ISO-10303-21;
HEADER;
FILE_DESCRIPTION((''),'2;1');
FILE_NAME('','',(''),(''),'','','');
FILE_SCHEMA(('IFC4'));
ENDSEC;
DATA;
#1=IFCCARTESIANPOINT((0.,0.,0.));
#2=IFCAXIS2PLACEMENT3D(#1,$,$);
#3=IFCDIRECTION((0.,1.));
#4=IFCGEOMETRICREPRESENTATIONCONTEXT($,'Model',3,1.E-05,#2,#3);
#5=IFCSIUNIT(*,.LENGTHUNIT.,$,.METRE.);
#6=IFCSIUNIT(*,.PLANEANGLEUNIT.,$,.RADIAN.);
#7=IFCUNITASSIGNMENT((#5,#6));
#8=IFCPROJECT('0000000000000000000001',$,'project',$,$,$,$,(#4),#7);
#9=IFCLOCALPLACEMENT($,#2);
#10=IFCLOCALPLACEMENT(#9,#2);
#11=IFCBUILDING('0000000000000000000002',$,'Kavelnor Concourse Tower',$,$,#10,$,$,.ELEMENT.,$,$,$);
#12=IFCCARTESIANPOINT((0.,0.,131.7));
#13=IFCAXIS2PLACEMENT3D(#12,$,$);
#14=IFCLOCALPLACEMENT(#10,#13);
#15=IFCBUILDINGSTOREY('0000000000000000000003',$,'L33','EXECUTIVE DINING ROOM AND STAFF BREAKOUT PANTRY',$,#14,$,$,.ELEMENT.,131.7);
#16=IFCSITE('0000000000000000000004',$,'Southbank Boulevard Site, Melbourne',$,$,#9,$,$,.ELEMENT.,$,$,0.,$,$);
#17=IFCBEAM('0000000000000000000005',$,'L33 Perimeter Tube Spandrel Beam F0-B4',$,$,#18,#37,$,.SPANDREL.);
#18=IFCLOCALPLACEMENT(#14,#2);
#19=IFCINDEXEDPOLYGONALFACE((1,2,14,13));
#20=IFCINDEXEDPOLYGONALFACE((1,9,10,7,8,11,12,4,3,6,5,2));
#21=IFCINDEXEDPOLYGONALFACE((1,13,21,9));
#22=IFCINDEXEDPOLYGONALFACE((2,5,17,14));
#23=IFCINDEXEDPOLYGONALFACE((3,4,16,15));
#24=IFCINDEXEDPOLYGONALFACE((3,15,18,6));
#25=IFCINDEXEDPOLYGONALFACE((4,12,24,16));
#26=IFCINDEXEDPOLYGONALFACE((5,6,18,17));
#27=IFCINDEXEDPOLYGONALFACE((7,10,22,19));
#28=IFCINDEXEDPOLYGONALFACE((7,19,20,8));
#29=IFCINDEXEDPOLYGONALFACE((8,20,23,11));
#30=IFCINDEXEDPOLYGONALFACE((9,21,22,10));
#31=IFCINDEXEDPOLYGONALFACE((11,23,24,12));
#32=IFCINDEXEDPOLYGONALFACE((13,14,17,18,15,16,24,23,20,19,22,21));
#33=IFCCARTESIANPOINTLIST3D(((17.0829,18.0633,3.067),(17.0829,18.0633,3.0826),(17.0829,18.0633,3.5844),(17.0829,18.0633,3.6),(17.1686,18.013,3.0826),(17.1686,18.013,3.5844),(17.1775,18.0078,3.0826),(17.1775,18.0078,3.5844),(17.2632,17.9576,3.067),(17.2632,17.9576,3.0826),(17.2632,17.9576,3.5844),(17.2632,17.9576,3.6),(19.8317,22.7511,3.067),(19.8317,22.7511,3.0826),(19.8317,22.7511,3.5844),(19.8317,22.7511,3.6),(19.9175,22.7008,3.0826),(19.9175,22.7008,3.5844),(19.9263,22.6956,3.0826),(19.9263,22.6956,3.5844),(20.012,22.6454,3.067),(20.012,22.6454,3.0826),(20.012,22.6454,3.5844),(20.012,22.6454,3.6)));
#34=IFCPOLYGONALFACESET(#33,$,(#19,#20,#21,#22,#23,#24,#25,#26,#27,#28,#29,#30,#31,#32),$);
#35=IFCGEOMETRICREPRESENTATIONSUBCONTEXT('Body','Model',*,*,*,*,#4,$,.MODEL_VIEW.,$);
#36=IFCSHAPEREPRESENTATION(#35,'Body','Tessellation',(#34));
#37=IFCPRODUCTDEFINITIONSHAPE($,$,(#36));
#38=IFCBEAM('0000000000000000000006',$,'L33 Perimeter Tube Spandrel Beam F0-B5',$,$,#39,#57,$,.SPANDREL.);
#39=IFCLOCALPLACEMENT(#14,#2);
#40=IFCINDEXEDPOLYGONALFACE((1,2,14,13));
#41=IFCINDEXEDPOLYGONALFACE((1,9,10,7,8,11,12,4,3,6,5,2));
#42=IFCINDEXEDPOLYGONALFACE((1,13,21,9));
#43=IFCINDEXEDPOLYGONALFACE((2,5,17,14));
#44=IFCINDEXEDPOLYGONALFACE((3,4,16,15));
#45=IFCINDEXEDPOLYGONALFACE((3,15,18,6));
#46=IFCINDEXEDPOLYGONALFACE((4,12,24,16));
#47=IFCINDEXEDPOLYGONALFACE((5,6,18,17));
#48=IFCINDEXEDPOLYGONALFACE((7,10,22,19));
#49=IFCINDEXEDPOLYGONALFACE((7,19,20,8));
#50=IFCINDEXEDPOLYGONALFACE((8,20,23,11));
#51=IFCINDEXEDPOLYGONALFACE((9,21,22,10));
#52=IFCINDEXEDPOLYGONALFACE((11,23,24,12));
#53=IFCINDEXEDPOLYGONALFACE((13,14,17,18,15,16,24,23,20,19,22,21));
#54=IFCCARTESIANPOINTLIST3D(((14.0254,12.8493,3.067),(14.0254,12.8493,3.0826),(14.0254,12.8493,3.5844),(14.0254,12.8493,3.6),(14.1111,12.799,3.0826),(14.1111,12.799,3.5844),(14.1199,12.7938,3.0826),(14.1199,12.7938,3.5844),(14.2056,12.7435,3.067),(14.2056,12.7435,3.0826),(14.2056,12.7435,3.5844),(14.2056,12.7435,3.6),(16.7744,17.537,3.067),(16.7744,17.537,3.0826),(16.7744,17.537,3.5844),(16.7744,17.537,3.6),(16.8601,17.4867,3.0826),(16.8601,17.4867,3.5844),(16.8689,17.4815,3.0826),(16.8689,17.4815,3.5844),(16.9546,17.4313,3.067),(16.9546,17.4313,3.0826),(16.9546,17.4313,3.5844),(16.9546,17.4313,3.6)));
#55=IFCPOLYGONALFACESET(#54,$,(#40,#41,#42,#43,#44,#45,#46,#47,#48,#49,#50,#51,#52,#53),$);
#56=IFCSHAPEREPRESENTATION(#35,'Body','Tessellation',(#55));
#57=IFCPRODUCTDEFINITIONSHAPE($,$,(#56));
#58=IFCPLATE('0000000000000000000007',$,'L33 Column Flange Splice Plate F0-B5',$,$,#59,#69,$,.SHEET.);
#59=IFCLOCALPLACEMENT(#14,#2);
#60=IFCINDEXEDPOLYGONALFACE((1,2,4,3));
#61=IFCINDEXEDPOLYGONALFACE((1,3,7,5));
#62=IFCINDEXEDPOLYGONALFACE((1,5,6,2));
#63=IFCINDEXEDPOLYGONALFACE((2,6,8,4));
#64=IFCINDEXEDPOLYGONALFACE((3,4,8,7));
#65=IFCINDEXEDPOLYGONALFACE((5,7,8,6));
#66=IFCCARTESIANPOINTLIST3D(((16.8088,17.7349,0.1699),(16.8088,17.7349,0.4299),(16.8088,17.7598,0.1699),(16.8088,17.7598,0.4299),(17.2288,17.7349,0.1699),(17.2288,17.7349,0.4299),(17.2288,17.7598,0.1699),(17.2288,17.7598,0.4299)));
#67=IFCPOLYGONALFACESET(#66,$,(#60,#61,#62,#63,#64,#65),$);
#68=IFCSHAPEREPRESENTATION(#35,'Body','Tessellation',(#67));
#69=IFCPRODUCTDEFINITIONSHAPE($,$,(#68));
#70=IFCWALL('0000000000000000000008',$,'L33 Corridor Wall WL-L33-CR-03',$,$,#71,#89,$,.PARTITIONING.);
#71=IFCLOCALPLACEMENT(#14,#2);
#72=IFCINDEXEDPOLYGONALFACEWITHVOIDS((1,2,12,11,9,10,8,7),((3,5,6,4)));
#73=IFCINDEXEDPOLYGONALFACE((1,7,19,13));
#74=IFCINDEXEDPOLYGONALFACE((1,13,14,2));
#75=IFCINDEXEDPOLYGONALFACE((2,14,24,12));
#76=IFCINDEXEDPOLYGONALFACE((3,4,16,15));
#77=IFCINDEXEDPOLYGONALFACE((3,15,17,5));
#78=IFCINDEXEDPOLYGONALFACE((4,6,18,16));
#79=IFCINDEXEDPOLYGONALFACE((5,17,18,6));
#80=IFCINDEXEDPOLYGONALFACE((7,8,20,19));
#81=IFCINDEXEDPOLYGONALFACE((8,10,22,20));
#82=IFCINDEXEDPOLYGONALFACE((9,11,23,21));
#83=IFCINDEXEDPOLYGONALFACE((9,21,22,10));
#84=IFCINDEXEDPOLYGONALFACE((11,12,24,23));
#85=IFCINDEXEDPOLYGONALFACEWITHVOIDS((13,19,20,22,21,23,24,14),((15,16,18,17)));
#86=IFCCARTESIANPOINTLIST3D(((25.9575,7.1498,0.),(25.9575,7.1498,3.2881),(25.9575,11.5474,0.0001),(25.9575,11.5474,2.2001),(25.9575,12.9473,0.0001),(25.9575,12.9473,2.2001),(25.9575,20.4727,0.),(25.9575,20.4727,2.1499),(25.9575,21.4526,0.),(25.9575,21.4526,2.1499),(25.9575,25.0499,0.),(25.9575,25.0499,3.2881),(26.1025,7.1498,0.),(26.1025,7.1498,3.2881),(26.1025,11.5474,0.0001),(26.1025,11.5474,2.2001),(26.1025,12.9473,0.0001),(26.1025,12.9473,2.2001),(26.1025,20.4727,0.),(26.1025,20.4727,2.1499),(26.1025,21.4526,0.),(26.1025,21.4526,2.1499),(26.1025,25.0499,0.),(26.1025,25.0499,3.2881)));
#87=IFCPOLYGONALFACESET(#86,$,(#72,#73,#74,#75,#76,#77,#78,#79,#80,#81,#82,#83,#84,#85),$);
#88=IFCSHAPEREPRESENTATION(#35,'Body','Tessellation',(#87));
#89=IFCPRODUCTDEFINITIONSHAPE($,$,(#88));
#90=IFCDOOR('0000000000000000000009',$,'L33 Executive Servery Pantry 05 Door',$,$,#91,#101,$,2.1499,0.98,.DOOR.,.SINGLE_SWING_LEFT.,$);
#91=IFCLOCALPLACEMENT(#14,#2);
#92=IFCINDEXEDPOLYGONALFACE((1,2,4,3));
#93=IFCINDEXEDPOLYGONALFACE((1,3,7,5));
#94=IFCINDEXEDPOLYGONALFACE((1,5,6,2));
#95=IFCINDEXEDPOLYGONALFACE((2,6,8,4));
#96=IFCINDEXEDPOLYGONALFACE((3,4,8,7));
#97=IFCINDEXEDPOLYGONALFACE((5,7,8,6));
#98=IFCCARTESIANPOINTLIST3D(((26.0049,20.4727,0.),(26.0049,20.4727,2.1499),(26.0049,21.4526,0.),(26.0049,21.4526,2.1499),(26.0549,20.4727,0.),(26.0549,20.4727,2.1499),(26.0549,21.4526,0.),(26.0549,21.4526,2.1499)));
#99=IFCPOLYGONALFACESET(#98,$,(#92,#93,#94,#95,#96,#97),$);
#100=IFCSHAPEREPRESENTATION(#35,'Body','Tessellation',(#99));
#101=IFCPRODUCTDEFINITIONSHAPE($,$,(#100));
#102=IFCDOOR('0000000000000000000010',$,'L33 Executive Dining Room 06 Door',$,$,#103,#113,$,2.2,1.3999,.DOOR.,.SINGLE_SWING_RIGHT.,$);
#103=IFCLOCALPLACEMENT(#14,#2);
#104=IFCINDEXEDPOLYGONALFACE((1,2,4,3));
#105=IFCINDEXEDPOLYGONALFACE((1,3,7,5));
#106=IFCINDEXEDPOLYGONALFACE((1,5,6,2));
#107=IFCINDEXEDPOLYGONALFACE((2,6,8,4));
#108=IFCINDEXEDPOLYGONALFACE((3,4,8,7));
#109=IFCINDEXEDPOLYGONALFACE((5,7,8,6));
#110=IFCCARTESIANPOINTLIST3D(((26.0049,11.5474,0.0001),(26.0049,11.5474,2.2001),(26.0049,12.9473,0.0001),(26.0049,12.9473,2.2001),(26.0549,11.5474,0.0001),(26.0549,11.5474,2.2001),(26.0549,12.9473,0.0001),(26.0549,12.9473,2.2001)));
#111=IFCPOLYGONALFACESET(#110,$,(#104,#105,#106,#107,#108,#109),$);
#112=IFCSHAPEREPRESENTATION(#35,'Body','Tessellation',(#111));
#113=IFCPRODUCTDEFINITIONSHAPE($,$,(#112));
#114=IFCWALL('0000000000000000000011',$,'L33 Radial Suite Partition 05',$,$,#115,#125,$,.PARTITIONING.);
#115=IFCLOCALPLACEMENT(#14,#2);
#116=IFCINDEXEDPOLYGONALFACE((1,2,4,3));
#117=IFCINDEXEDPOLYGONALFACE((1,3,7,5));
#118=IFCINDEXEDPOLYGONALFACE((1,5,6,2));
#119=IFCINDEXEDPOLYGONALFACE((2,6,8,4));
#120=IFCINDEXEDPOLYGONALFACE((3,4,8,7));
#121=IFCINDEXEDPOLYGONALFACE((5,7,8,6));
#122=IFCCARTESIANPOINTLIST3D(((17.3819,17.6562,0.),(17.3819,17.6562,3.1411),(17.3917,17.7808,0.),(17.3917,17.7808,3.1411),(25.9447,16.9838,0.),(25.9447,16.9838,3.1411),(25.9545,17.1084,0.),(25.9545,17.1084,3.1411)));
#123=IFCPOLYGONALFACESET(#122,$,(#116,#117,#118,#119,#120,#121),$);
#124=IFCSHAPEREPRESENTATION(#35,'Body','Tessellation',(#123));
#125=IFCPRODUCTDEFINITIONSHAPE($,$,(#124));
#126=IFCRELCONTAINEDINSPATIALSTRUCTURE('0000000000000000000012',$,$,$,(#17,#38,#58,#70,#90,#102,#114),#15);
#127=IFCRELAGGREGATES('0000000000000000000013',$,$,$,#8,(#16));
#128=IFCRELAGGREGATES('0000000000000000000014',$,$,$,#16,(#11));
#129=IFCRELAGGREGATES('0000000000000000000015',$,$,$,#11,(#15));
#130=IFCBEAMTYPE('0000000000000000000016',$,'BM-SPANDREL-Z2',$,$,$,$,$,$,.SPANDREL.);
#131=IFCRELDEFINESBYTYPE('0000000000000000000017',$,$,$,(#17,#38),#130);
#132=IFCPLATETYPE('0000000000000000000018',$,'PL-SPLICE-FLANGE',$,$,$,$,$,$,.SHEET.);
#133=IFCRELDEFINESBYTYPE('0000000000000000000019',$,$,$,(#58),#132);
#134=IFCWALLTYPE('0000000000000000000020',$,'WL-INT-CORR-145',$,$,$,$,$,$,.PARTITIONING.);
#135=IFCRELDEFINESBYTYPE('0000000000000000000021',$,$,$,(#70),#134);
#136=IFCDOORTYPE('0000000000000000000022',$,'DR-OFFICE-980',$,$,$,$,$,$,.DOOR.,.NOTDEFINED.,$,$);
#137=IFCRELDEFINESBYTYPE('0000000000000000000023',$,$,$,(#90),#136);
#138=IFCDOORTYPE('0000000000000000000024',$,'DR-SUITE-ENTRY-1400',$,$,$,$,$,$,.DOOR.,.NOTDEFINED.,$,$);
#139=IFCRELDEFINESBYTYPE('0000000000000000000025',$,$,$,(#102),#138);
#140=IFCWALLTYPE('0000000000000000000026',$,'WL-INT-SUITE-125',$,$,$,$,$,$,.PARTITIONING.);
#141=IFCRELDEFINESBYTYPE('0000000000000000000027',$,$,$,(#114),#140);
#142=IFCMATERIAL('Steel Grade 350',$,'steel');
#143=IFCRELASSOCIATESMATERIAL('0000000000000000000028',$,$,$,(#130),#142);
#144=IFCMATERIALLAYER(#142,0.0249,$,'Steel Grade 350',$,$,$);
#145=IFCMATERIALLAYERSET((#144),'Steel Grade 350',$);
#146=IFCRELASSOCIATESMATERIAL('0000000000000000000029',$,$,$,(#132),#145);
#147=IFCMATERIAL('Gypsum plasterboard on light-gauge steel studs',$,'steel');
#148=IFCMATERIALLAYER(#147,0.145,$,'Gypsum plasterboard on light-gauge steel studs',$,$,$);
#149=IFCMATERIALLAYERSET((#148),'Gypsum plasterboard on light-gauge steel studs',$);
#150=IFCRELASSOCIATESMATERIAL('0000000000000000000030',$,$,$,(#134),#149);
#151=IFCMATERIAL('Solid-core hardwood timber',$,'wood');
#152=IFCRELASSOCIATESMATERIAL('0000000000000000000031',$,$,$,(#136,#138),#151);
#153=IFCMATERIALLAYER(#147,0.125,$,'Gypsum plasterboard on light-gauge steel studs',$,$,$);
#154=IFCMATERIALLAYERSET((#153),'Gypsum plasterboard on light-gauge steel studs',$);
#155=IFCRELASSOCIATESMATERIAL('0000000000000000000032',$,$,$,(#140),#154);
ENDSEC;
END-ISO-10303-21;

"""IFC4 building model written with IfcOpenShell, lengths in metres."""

from ifc_helpers import new_model, si_unit, direction, frame, frame_2d, origin, origin_2d, place, context, subcontext, project, spatial, rectangle, i_section, extrude, material, layer, layer_set, material_profile, profile_set, type_object, element, fill, save


model = new_model("IFC4")

# Units and contexts
model_context = context("Model", 3, precision=1e-05, world=origin(), true_north=direction((0.0, 1.0)))
body_context = subcontext(model_context, "Body", "Model", "MODEL_VIEW")
ifc_project = project(units=[si_unit("LENGTHUNIT", "METRE"), si_unit("PLANEANGLEUNIT", "RADIAN")], contexts=[model_context])

# Site, building, storey
site_placement = place(None, origin())
site = spatial("IfcSite", under=ifc_project, at=site_placement, Name="Southbank Boulevard Site, Melbourne", CompositionType="ELEMENT", RefElevation=0.0)
building_placement = place(site_placement, origin())
building = spatial("IfcBuilding", under=site, at=building_placement, Name="Kavelnor Concourse Tower", CompositionType="ELEMENT")
storey_placement = place(building_placement, frame((0.0, 0.0, 131.7)))
storey = spatial("IfcBuildingStorey", under=building, at=storey_placement, Name="L33", Description="EXECUTIVE DINING ROOM AND STAFF BREAKOUT PANTRY", CompositionType="ELEMENT", Elevation=131.7)

# Shared definitions
ifc_material_1 = material(Name="Steel Grade 350", Category="steel")

# Beams
ifc_material_profile_1 = material_profile(ifc_material_1, i_section(OverallWidth=0.209, OverallDepth=0.533, WebThickness=0.0103, FlangeThickness=0.0156, at=origin_2d()), Name="530UB92")
ifc_profile_set_1 = profile_set([ifc_material_profile_1], Name="Steel Grade 350")
beam_type_1 = type_object("IfcBeamType", Name="BM-SPANDREL-Z2", PredefinedType="SPANDREL", material=ifc_profile_set_1)
for number, where, z_axis, x_axis, name in (
    (1, (19.9219, 22.6982, 3.3335), (-0.505828, -0.862634, 0.0), (0.862634, -0.505828, 0.0), "L33 Perimeter Tube Spandrel Beam F0-B4"),
    (2, (16.8645, 17.4841, 3.3335), (-0.505861, -0.862615, 0.0), (0.862615, -0.505861, 0.0), "L33 Perimeter Tube Spandrel Beam F0-B5"),
):
    element("IfcBeam", number, at=place(storey_placement, frame(where, z_axis=z_axis, x_axis=x_axis)), inside=storey, type_object=beam_type_1, Name=name, PredefinedType="SPANDREL", context=body_context, shape_type="SweptSolid", body=[
        extrude(i_section(OverallWidth=0.209, OverallDepth=0.533, WebThickness=0.0103, FlangeThickness=0.0156, at=origin_2d()), origin(), (0.0, 0.0, 1.0), 5.4343),
    ])

# Plate
ifc_layer_1 = layer(ifc_material_1, 0.0249, Name="Steel Grade 350")
ifc_layer_set_1 = layer_set([ifc_layer_1], Name="Steel Grade 350")
plate_type = type_object("IfcPlateType", Name="PL-SPLICE-FLANGE", PredefinedType="SHEET", material=ifc_layer_set_1)
plate_placement = place(storey_placement, frame((17.0188, 17.7473, 0.1699), z_axis=(0.0, 0.0, 1.0), x_axis=(1.0, 0.0, 0.0)))
element("IfcPlate", 3, at=plate_placement, inside=storey, type_object=plate_type, Name="L33 Column Flange Splice Plate F0-B5", PredefinedType="SHEET", context=body_context, shape_type="SweptSolid", body=[
    extrude(rectangle(XDim=0.4199, YDim=0.0249, at=origin_2d()), origin(), (0.0, 0.0, 1.0), 0.26),
])

# Wall, openings, doors
ifc_material_2 = material(Name="Gypsum plasterboard on light-gauge steel studs", Category="steel")
ifc_layer_2 = layer(ifc_material_2, 0.145, Name="Gypsum plasterboard on light-gauge steel studs")
ifc_layer_set_2 = layer_set([ifc_layer_2], Name="Gypsum plasterboard on light-gauge steel studs")
wall_type_1 = type_object("IfcWallType", Name="WL-INT-CORR-145", PredefinedType="PARTITIONING", material=ifc_layer_set_2)
wall_1_placement = place(storey_placement, frame((26.03, 25.05, 0.0), z_axis=(0.0, 0.0, 1.0), x_axis=(0.0, -1.0, 0.0)))
wall_1 = element("IfcWall", 4, at=wall_1_placement, inside=storey, type_object=wall_type_1, Name="L33 Corridor Wall WL-L33-CR-03", PredefinedType="PARTITIONING", context=body_context, shape_type="SweptSolid", body=[
    extrude(rectangle(XDim=17.9001, YDim=0.145, at=frame_2d((8.9502, 0.0))), origin(), (0.0, 0.0, 1.0), 3.2881),
])
opening_1_placement = place(wall_1_placement, frame((3.5974, 0.0, 0.0)))
opening_1 = element("IfcOpeningElement", 5, at=opening_1_placement, cuts=wall_1, PredefinedType="OPENING", context=body_context, shape_type="SweptSolid", body=[
    extrude(rectangle(XDim=0.98, YDim=2.1499, at=frame_2d((0.49, 1.075))), frame((0.0, 0.0825, 0.0), z_axis=(0.0, -1.0, 0.0), x_axis=(1.0, 0.0, 0.0)), (0.0, 0.0, 1.0), 0.165),
])
opening_2_placement = place(wall_1_placement, frame((12.1028, 0.0, 0.0)))
opening_2 = element("IfcOpeningElement", 6, at=opening_2_placement, cuts=wall_1, PredefinedType="OPENING", context=body_context, shape_type="SweptSolid", body=[
    extrude(rectangle(XDim=1.3999, YDim=2.2, at=frame_2d((0.7, 1.1001))), frame((0.0, 0.0825, 0.0), z_axis=(0.0, -1.0, 0.0), x_axis=(1.0, 0.0, 0.0)), (0.0, 0.0, 1.0), 0.165),
])
ifc_material_3 = material(Name="Solid-core hardwood timber", Category="wood")
door_type_1 = type_object("IfcDoorType", Name="DR-OFFICE-980", OperationType="NOTDEFINED", PredefinedType="DOOR", material=ifc_material_3)
door_1_placement = place(opening_1_placement, origin())
door_1 = element("IfcDoor", 7, at=door_1_placement, inside=storey, type_object=door_type_1, Name="L33 Executive Servery Pantry 05 Door", OperationType="SINGLE_SWING_LEFT", OverallHeight=2.1499, OverallWidth=0.98, PredefinedType="DOOR", context=body_context, shape_type="SweptSolid", body=[
    extrude(rectangle(XDim=0.98, YDim=2.1499, at=frame_2d((0.49, 1.075))), frame((0.0, 0.0249, 0.0), z_axis=(0.0, -1.0, 0.0), x_axis=(1.0, 0.0, 0.0)), (0.0, 0.0, 1.0), 0.05),
])
fill(opening_1, door_1)
door_type_2 = type_object("IfcDoorType", Name="DR-SUITE-ENTRY-1400", OperationType="NOTDEFINED", PredefinedType="DOOR", material=ifc_material_3)
door_2_placement = place(opening_2_placement, origin())
door_2 = element("IfcDoor", 8, at=door_2_placement, inside=storey, type_object=door_type_2, Name="L33 Executive Dining Room 06 Door", OperationType="SINGLE_SWING_RIGHT", OverallHeight=2.2, OverallWidth=1.3999, PredefinedType="DOOR", context=body_context, shape_type="SweptSolid", body=[
    extrude(rectangle(XDim=1.3999, YDim=2.2, at=frame_2d((0.7, 1.1001))), frame((0.0, 0.0249, 0.0), z_axis=(0.0, -1.0, 0.0), x_axis=(1.0, 0.0, 0.0)), (0.0, 0.0, 1.0), 0.05),
])
fill(opening_2, door_2)

# Wall
ifc_layer_3 = layer(ifc_material_2, 0.125, Name="Gypsum plasterboard on light-gauge steel studs")
ifc_layer_set_3 = layer_set([ifc_layer_3], Name="Gypsum plasterboard on light-gauge steel studs")
wall_type_2 = type_object("IfcWallType", Name="WL-INT-SUITE-125", PredefinedType="PARTITIONING", material=ifc_layer_set_3)
wall_2_placement = place(storey_placement, frame((25.9495, 17.0461, 0.0), z_axis=(0.0, 0.0, 1.0), x_axis=(-0.996931, 0.078281, 0.0)))
element("IfcWall", 9, at=wall_2_placement, inside=storey, type_object=wall_type_2, Name="L33 Radial Suite Partition 05", PredefinedType="PARTITIONING", context=body_context, shape_type="SweptSolid", body=[
    extrude(rectangle(XDim=8.5891, YDim=0.125, at=frame_2d((4.2944, 0.0))), origin(), (0.0, 0.0, 1.0), 3.1411),
])

save(model, "model.ifc")
